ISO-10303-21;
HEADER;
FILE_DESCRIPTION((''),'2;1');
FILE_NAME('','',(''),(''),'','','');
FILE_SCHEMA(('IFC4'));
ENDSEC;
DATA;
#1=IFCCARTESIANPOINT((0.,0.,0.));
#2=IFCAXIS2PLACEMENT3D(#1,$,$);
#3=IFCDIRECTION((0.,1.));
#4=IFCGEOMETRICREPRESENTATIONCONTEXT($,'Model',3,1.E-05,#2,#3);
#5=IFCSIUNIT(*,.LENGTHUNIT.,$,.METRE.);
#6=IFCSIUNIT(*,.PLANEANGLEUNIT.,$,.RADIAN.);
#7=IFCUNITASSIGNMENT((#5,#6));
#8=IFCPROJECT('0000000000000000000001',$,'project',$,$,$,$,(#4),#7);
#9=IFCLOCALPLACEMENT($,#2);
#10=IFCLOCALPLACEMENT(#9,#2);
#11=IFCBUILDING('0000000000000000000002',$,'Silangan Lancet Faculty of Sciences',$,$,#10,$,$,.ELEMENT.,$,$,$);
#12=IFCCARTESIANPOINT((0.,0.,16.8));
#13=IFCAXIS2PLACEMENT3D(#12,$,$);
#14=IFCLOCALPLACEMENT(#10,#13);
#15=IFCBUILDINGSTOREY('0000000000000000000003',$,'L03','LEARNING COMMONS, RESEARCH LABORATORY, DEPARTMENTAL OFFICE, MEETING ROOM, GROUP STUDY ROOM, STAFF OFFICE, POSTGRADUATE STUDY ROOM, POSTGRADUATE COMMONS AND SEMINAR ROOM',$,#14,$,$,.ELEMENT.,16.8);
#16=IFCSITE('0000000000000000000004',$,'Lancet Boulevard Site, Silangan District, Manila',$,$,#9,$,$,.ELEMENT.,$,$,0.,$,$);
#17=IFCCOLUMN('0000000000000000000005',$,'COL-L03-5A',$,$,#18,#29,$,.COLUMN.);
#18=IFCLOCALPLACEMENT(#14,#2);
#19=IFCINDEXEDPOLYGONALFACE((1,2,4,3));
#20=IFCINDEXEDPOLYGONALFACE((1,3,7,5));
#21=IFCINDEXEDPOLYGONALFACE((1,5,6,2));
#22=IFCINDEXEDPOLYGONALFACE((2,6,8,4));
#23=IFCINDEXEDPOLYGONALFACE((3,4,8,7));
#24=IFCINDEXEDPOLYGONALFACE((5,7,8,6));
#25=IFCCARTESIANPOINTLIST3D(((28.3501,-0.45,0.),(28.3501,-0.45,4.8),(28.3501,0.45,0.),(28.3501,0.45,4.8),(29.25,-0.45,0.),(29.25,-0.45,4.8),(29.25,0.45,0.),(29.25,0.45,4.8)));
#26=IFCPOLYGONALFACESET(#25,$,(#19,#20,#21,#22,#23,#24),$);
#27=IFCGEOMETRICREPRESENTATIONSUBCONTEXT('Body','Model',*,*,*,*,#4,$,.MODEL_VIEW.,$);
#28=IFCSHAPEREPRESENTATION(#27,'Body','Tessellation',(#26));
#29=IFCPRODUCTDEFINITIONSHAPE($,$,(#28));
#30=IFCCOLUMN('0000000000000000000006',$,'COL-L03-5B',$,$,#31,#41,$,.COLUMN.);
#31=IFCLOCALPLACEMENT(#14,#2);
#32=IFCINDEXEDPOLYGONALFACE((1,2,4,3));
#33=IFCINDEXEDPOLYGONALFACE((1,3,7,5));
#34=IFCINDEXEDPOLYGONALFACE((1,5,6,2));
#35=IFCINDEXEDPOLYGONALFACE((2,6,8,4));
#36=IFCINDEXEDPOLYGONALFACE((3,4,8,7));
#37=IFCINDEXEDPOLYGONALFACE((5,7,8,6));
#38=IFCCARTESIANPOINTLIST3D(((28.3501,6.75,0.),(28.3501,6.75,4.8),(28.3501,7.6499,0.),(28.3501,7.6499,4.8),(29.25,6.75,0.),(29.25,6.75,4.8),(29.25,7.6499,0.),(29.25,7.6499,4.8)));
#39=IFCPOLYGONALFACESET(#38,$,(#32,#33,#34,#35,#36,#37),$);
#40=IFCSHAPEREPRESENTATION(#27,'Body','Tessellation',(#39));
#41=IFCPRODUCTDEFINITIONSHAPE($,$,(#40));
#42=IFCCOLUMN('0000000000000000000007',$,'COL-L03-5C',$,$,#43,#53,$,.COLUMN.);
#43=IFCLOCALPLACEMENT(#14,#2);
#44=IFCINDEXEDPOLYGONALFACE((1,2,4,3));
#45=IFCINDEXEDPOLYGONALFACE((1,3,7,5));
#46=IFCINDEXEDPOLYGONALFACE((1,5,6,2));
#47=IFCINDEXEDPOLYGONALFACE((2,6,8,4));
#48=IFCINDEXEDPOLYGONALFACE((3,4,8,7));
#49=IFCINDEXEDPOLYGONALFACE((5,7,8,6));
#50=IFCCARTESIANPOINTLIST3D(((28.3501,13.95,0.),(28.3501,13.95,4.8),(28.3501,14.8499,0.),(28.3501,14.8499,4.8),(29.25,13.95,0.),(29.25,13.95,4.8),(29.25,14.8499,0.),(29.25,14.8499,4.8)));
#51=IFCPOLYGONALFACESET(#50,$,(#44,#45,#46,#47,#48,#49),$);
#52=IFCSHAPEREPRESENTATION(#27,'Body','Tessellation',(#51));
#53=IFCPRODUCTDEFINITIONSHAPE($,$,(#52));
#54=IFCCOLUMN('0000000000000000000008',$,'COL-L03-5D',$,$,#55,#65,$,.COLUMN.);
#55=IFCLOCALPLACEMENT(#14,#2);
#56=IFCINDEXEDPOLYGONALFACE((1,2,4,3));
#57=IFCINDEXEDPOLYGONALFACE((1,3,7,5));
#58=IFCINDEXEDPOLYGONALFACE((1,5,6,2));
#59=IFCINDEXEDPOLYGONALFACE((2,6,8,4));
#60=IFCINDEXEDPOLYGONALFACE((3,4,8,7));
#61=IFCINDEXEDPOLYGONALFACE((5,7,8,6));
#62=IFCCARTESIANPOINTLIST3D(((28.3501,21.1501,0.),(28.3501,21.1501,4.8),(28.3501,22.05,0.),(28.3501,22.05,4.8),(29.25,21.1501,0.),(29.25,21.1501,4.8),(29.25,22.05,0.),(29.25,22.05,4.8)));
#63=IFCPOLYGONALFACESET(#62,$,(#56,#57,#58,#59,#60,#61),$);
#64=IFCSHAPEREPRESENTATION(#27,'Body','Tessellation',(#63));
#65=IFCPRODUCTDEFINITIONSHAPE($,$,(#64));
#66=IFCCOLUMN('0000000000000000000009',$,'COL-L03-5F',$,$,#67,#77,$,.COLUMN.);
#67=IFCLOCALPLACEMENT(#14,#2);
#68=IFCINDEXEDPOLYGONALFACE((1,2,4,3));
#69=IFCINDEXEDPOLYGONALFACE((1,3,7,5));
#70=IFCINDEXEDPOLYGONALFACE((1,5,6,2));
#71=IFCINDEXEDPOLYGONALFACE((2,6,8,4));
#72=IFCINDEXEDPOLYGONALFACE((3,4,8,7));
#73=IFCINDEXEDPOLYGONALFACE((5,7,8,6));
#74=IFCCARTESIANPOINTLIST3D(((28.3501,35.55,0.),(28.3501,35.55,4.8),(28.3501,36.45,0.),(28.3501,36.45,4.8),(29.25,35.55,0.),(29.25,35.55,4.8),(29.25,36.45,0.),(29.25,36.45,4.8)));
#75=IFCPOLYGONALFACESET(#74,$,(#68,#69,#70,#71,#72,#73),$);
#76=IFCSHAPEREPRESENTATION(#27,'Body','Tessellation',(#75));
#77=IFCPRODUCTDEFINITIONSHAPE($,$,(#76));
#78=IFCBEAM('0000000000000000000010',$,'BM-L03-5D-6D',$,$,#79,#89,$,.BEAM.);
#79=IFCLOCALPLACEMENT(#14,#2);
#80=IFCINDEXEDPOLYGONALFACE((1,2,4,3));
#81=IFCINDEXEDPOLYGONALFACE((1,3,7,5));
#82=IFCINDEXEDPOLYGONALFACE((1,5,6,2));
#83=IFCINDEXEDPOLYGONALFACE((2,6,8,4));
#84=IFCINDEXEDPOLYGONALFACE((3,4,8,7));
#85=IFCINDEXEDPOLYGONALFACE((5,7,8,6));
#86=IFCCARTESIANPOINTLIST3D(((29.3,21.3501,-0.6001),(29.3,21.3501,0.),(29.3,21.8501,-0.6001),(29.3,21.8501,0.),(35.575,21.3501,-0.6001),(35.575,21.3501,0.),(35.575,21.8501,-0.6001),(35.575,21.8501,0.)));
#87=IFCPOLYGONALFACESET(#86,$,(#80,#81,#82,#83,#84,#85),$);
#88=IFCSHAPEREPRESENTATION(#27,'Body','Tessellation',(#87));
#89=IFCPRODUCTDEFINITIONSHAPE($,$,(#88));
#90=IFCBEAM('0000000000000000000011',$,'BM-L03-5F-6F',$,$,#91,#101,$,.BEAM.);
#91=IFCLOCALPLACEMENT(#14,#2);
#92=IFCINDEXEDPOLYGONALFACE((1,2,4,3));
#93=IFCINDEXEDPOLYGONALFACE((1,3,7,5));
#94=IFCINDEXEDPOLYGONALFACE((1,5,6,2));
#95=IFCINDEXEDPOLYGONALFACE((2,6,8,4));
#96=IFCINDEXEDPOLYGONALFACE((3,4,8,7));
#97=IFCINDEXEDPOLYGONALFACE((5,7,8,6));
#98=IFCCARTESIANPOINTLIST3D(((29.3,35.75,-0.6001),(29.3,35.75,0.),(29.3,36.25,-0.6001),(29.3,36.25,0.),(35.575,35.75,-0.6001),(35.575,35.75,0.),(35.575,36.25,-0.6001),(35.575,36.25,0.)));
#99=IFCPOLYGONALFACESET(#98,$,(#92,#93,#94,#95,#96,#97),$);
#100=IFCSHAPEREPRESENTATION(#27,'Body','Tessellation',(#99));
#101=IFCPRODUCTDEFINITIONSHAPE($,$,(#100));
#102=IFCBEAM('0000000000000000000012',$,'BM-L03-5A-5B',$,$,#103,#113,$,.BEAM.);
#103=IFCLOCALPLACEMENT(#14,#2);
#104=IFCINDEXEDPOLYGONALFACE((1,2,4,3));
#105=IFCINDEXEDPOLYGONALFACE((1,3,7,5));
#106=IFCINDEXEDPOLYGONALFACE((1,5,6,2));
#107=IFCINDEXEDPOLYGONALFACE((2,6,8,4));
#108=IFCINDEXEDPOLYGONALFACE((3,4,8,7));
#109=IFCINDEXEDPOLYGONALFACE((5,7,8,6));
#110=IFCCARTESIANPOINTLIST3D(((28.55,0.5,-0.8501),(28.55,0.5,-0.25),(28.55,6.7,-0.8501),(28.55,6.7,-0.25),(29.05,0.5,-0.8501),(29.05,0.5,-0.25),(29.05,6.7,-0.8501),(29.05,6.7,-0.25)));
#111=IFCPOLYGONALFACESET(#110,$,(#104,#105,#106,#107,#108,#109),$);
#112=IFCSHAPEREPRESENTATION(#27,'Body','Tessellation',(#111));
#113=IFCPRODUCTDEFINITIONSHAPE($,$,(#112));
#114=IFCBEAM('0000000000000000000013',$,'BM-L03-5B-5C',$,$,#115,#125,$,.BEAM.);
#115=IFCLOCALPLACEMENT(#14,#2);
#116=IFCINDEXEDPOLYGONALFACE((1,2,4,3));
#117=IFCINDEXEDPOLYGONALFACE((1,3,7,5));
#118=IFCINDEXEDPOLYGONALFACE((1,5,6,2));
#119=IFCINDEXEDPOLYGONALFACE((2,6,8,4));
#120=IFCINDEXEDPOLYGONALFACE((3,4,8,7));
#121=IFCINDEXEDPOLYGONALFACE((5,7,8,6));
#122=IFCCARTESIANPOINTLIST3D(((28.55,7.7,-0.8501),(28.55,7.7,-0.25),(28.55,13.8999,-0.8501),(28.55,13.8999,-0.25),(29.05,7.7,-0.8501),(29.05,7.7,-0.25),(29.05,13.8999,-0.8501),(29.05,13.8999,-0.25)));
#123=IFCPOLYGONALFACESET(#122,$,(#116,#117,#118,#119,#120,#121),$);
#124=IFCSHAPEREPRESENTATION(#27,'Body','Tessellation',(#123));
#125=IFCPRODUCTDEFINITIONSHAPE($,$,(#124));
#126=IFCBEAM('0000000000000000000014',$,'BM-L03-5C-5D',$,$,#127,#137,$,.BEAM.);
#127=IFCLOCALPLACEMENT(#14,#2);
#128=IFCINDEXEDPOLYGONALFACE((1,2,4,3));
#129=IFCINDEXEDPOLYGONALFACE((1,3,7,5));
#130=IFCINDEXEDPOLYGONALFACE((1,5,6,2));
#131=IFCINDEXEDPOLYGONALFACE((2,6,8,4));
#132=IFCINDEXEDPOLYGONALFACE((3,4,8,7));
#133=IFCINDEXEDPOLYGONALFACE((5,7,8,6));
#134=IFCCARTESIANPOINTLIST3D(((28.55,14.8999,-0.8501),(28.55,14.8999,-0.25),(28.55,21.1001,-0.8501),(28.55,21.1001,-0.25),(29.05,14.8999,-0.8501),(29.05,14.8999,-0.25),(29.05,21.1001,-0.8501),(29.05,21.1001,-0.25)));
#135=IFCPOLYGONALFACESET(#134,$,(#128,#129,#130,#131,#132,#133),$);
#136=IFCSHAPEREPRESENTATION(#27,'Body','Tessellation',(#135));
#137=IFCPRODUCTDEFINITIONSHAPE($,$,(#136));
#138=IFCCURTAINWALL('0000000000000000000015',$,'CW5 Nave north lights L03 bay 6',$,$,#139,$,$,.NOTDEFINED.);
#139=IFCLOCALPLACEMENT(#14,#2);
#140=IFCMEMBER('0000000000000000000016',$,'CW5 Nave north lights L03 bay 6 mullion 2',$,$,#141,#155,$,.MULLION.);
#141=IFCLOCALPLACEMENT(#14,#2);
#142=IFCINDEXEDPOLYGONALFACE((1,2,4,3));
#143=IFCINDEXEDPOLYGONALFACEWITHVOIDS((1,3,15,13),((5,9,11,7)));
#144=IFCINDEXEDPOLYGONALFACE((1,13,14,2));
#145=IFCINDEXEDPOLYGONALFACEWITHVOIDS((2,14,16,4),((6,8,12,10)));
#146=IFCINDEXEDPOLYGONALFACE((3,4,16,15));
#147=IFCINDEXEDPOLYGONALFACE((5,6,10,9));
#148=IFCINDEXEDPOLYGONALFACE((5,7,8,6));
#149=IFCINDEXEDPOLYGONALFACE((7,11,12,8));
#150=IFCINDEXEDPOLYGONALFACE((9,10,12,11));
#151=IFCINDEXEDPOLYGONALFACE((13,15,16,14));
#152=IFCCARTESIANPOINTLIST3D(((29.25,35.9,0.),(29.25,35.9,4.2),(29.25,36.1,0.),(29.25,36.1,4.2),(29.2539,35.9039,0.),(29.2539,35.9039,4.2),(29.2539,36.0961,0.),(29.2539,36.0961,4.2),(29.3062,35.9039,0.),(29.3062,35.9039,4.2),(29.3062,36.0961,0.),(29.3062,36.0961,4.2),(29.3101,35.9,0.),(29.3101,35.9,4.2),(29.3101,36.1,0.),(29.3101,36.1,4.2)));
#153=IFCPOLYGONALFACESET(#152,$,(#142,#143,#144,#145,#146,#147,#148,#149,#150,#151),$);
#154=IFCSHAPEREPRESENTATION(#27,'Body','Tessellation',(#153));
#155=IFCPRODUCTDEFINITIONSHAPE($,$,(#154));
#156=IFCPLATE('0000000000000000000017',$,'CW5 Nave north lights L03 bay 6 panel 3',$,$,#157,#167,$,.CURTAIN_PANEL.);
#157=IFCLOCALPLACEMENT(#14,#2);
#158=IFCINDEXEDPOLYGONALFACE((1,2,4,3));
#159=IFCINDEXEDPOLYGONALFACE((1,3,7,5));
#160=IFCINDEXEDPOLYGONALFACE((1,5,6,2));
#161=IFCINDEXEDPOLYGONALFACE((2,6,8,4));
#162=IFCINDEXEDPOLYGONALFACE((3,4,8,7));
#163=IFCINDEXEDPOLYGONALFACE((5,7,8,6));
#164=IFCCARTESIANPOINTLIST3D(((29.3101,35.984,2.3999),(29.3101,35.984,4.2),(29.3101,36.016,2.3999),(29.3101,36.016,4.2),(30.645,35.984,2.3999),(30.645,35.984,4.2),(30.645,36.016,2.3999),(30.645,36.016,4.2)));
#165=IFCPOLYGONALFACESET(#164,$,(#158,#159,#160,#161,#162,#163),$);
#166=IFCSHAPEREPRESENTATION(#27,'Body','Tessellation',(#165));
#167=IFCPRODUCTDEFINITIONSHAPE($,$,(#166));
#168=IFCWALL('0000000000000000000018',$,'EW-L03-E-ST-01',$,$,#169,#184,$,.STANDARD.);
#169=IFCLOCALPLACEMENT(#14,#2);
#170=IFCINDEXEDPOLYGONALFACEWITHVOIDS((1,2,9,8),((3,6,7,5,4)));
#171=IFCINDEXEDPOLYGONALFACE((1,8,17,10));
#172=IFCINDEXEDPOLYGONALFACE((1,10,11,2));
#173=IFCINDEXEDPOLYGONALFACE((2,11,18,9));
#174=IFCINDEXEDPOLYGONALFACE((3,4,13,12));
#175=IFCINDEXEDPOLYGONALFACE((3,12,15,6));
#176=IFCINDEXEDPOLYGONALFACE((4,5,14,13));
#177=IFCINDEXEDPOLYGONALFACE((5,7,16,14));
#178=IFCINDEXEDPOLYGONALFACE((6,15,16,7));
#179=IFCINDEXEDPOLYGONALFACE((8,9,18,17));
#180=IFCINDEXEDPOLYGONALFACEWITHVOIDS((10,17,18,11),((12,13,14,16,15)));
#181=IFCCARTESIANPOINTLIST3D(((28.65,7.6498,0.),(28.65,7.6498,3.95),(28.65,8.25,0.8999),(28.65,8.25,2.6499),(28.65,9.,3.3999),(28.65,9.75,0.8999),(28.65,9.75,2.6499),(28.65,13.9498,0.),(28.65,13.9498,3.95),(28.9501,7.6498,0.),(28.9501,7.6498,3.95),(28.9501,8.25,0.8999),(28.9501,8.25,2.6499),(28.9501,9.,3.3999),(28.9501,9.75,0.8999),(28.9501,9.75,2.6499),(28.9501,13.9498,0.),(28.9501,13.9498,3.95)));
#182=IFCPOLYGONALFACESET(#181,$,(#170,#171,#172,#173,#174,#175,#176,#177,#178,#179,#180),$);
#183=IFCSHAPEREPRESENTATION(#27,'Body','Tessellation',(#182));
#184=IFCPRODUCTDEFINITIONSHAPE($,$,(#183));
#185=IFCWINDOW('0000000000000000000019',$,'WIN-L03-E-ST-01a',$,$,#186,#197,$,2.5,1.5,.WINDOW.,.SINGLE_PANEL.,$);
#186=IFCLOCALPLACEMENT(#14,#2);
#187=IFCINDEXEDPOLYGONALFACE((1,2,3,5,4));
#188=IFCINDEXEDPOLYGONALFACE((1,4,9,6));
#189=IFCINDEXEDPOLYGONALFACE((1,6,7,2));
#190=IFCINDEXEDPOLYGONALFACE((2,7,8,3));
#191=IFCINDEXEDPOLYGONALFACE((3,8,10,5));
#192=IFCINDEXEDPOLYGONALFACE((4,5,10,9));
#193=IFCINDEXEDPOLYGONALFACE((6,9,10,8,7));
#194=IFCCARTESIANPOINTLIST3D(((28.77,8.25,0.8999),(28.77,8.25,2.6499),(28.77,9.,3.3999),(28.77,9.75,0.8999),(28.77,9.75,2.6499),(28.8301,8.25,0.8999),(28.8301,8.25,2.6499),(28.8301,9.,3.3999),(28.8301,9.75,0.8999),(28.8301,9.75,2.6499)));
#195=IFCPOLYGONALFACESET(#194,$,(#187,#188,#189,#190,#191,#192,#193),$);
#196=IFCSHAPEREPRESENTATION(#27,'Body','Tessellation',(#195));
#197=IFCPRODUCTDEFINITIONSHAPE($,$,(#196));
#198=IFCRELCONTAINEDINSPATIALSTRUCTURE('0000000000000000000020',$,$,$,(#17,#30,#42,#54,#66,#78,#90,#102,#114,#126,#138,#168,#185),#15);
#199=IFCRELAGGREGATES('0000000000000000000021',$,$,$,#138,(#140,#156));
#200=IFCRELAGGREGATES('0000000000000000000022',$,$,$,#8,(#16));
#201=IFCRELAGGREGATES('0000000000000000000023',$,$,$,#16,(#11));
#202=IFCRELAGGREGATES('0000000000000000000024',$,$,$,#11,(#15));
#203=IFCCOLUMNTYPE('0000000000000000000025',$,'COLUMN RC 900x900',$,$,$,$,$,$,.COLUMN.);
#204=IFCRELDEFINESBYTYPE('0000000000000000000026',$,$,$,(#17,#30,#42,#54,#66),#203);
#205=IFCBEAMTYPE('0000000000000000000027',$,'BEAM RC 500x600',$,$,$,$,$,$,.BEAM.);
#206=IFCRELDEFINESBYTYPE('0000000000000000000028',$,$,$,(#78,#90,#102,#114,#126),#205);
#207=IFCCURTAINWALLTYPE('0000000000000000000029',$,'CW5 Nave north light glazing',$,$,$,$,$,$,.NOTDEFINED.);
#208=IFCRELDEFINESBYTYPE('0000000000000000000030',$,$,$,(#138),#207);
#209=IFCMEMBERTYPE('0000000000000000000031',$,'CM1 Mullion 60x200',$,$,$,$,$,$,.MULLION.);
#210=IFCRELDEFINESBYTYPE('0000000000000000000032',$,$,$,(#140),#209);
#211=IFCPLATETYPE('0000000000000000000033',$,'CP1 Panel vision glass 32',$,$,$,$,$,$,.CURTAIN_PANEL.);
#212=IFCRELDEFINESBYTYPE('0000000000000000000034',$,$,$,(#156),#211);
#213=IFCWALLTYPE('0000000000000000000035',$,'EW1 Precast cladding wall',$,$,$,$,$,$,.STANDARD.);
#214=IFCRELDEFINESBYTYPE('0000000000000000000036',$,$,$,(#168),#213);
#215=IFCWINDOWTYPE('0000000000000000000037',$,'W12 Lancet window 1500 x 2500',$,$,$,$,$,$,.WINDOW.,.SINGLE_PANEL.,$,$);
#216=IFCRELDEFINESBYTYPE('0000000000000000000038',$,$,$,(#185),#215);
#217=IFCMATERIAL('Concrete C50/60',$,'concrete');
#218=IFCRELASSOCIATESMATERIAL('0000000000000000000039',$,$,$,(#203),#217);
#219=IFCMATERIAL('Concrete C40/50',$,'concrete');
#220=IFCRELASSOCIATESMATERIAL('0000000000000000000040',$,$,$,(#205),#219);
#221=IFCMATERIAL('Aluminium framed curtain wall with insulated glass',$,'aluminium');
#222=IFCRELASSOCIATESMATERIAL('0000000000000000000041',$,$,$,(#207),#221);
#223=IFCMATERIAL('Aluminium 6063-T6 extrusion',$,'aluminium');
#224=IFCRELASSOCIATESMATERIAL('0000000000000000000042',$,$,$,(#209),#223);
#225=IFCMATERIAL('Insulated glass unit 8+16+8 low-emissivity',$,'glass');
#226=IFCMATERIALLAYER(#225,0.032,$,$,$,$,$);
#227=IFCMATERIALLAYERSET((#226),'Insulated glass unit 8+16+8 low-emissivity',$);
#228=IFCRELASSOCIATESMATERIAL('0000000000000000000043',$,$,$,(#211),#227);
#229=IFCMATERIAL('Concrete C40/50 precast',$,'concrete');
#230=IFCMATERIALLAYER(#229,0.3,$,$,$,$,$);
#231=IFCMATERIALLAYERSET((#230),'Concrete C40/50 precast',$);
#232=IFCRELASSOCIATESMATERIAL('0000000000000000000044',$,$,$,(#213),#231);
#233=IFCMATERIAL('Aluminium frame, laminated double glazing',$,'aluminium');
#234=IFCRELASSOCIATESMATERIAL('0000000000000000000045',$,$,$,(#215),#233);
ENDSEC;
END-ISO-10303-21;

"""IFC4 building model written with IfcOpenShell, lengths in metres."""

from ifc_helpers import new_model, si_unit, direction, frame, frame_2d, origin, origin_2d, place, context, subcontext, project, spatial, polyline, rectangle, hollow_rectangle, outline, extrude, material, layer, layer_set, material_profile, profile_set, type_object, element, fill, aggregate, save


model = new_model("IFC4")

# Units and contexts
model_context = context("Model", 3, precision=1e-05, world=origin(), true_north=direction((0.0, 1.0)))
body_context = subcontext(model_context, "Body", "Model", "MODEL_VIEW")
ifc_project = project(units=[si_unit("LENGTHUNIT", "METRE"), si_unit("PLANEANGLEUNIT", "RADIAN")], contexts=[model_context])

# Site, building, storey
site_placement = place(None, origin())
site = spatial("IfcSite", under=ifc_project, at=site_placement, Name="Lancet Boulevard Site, Silangan District, Manila", CompositionType="ELEMENT", RefElevation=0.0)
building_placement = place(site_placement, origin())
building = spatial("IfcBuilding", under=site, at=building_placement, Name="Silangan Lancet Faculty of Sciences", CompositionType="ELEMENT")
storey_placement = place(building_placement, frame((0.0, 0.0, 16.8)))
storey = spatial("IfcBuildingStorey", under=building, at=storey_placement, Name="L03", Description="LEARNING COMMONS, RESEARCH LABORATORY, DEPARTMENTAL OFFICE, MEETING ROOM, GROUP STUDY ROOM, STAFF OFFICE, POSTGRADUATE STUDY ROOM, POSTGRADUATE COMMONS AND SEMINAR ROOM", CompositionType="ELEMENT", Elevation=16.8)

# Columns
ifc_material_1 = material(Name="Concrete C50/60", Category="concrete")
ifc_material_profile_1 = material_profile(ifc_material_1, rectangle(XDim=0.8999, YDim=0.8999, at=origin_2d()), Name="RC 900x900")
ifc_profile_set_1 = profile_set([ifc_material_profile_1], Name="Concrete C50/60")
column_type = type_object("IfcColumnType", Name="COLUMN RC 900x900", PredefinedType="COLUMN", material=ifc_profile_set_1)
for number, where, z_axis, x_axis, name in (
    (1, (28.8, 0.0, 0.0), (0.0, 0.0, 1.0), (1.0, 0.0, 0.0), "COL-L03-5A"),
    (2, (28.8, 7.2, 0.0), (0.0, 0.0, 1.0), (1.0, 0.0, 0.0), "COL-L03-5B"),
    (3, (28.8, 14.3999, 0.0), (0.0, 0.0, 1.0), (1.0, 0.0, 0.0), "COL-L03-5C"),
    (4, (28.8, 21.6001, 0.0), (0.0, 0.0, 1.0), (1.0, 0.0, 0.0), "COL-L03-5D"),
    (5, (28.8, 36.0, 0.0), (0.0, 0.0, 1.0), (1.0, 0.0, 0.0), "COL-L03-5F"),
):
    element("IfcColumn", number, at=place(storey_placement, frame(where, z_axis=z_axis, x_axis=x_axis)), inside=storey, type_object=column_type, Name=name, PredefinedType="COLUMN", context=body_context, shape_type="SweptSolid", body=[
        extrude(rectangle(XDim=0.8999, YDim=0.8999, at=origin_2d()), origin(), (0.0, 0.0, 1.0), 4.8),
    ])

# Beams
ifc_material_2 = material(Name="Concrete C40/50", Category="concrete")
ifc_material_profile_2 = material_profile(ifc_material_2, rectangle(XDim=0.5, YDim=0.6001, at=origin_2d()), Name="RC 500x600")
ifc_profile_set_2 = profile_set([ifc_material_profile_2], Name="Concrete C40/50")
beam_type = type_object("IfcBeamType", Name="BEAM RC 500x600", PredefinedType="BEAM", material=ifc_profile_set_2)
for number, where, z_axis, x_axis, name in (
    (6, (29.3, 21.6001, -0.3), (1.0, 0.0, 0.0), (0.0, 1.0, 0.0), "BM-L03-5D-6D"),
    (7, (29.3, 36.0, -0.3), (1.0, 0.0, 0.0), (0.0, 1.0, 0.0), "BM-L03-5F-6F"),
):
    element("IfcBeam", number, at=place(storey_placement, frame(where, z_axis=z_axis, x_axis=x_axis)), inside=storey, type_object=beam_type, Name=name, PredefinedType="BEAM", context=body_context, shape_type="SweptSolid", body=[
        extrude(rectangle(XDim=0.5, YDim=0.6001, at=origin_2d()), origin(), (0.0, 0.0, 1.0), 6.2749),
    ])
for number, where, z_axis, x_axis, name in (
    (8, (28.8, 0.5, -0.55), (0.0, 1.0, 0.0), (-1.0, 0.0, 0.0), "BM-L03-5A-5B"),
    (9, (28.8, 7.7, -0.55), (0.0, 1.0, 0.0), (-1.0, 0.0, 0.0), "BM-L03-5B-5C"),
):
    element("IfcBeam", number, at=place(storey_placement, frame(where, z_axis=z_axis, x_axis=x_axis)), inside=storey, type_object=beam_type, Name=name, PredefinedType="BEAM", context=body_context, shape_type="SweptSolid", body=[
        extrude(rectangle(XDim=0.5, YDim=0.6001, at=origin_2d()), origin(), (0.0, 0.0, 1.0), 6.2),
    ])
beam_placement = place(storey_placement, frame((28.8, 14.8999, -0.55), z_axis=(0.0, 1.0, 0.0), x_axis=(-1.0, 0.0, 0.0)))
element("IfcBeam", 10, at=beam_placement, inside=storey, type_object=beam_type, Name="BM-L03-5C-5D", PredefinedType="BEAM", context=body_context, shape_type="SweptSolid", body=[
    extrude(rectangle(XDim=0.5, YDim=0.6001, at=origin_2d()), origin(), (0.0, 0.0, 1.0), 6.2002),
])

# Curtain wall, member, plate
ifc_material_3 = material(Name="Aluminium framed curtain wall with insulated glass", Category="aluminium")
curtain_wall_type = type_object("IfcCurtainWallType", Name="CW5 Nave north light glazing", PredefinedType="NOTDEFINED", material=ifc_material_3)
curtain_wall_placement = place(storey_placement, origin())
curtain_wall = element("IfcCurtainWall", 11, at=curtain_wall_placement, inside=storey, type_object=curtain_wall_type, Name="CW5 Nave north lights L03 bay 6", PredefinedType="NOTDEFINED")
ifc_material_4 = material(Name="Aluminium 6063-T6 extrusion", Category="aluminium")
ifc_material_profile_3 = material_profile(ifc_material_4, hollow_rectangle(XDim=0.0601, YDim=0.2, WallThickness=0.0039, at=origin_2d()), Name="AL BOX 60x200x4")
ifc_profile_set_3 = profile_set([ifc_material_profile_3], Name="Aluminium 6063-T6 extrusion")
member_type = type_object("IfcMemberType", Name="CM1 Mullion 60x200", PredefinedType="MULLION", material=ifc_profile_set_3)
member_placement = place(storey_placement, frame((29.28, 36.0, 0.0), z_axis=(0.0, 0.0, 1.0), x_axis=(-1.0, 0.0, 0.0)))
member = element("IfcMember", 12, at=member_placement, type_object=member_type, Name="CW5 Nave north lights L03 bay 6 mullion 2", PredefinedType="MULLION", context=body_context, shape_type="SweptSolid", body=[
    extrude(hollow_rectangle(XDim=0.0601, YDim=0.2, WallThickness=0.0039, at=origin_2d()), origin(), (0.0, 0.0, 1.0), 4.2),
])
ifc_material_5 = material(Name="Insulated glass unit 8+16+8 low-emissivity", Category="glass")
ifc_layer_1 = layer(ifc_material_5, 0.032)
ifc_layer_set_1 = layer_set([ifc_layer_1], Name="Insulated glass unit 8+16+8 low-emissivity")
plate_type = type_object("IfcPlateType", Name="CP1 Panel vision glass 32", PredefinedType="CURTAIN_PANEL", material=ifc_layer_set_1)
plate_placement = place(storey_placement, frame((29.9775, 36.0, 2.3999), z_axis=(0.0, 0.0, 1.0), x_axis=(-1.0, 0.0, 0.0)))
plate = element("IfcPlate", 13, at=plate_placement, type_object=plate_type, Name="CW5 Nave north lights L03 bay 6 panel 3", PredefinedType="CURTAIN_PANEL", context=body_context, shape_type="SweptSolid", body=[
    extrude(rectangle(XDim=1.335, YDim=0.032, at=origin_2d()), origin(), (0.0, 0.0, 1.0), 1.8),
])
aggregate(curtain_wall, [member, plate])

# Wall, opening, window
ifc_material_6 = material(Name="Concrete C40/50 precast", Category="concrete")
ifc_layer_2 = layer(ifc_material_6, 0.3)
ifc_layer_set_2 = layer_set([ifc_layer_2], Name="Concrete C40/50 precast")
wall_type_1 = type_object("IfcWallType", Name="EW1 Precast cladding wall", PredefinedType="STANDARD", material=ifc_layer_set_2)
wall_1_placement = place(storey_placement, frame((28.8, 7.6499, 0.0), z_axis=(0.0, 0.0, 1.0), x_axis=(0.0, 1.0, 0.0)))
wall_1 = element("IfcWall", 14, at=wall_1_placement, inside=storey, type_object=wall_type_1, Name="EW-L03-E-ST-01", PredefinedType="STANDARD", context=body_context, shape_type="SweptSolid", body=[
    extrude(rectangle(XDim=6.3, YDim=0.3, at=frame_2d((3.1499, 0.0))), origin(), (0.0, 0.0, 1.0), 3.95),
])
opening_1_placement = place(wall_1_placement, frame((0.6001, 0.0, 0.8999)))
opening_1 = element("IfcOpeningElement", 15, at=opening_1_placement, cuts=wall_1, PredefinedType="OPENING", context=body_context, shape_type="SweptSolid", body=[
    extrude(outline(polyline([(0.0, 0.0), (1.5, 0.0), (1.5, 1.75), (0.75, 2.5), (0.0, 1.75), (0.0, 0.0)])), frame((0.0, 0.1599, 0.0), z_axis=(0.0, -1.0, 0.0), x_axis=(1.0, 0.0, 0.0)), (0.0, 0.0, 1.0), 0.3201),
])
ifc_material_7 = material(Name="Aluminium frame, laminated double glazing", Category="aluminium")
window_type_1 = type_object("IfcWindowType", Name="W12 Lancet window 1500 x 2500", PartitioningType="SINGLE_PANEL", PredefinedType="WINDOW", material=ifc_material_7)
window_1_placement = place(opening_1_placement, origin())
window_1 = element("IfcWindow", 16, at=window_1_placement, inside=storey, type_object=window_type_1, Name="WIN-L03-E-ST-01a", OverallHeight=2.5, OverallWidth=1.5, PartitioningType="SINGLE_PANEL", PredefinedType="WINDOW", context=body_context, shape_type="SweptSolid", body=[
    extrude(outline(polyline([(0.0, 0.0), (1.5, 0.0), (1.5, 1.75), (0.75, 2.5), (0.0, 1.75), (0.0, 0.0)])), frame((0.0, 0.03, 0.0), z_axis=(0.0, -1.0, 0.0), x_axis=(1.0, 0.0, 0.0)), (0.0, 0.0, 1.0), 0.0601),
])
fill(opening_1, window_1)

save(model, "model.ifc")
